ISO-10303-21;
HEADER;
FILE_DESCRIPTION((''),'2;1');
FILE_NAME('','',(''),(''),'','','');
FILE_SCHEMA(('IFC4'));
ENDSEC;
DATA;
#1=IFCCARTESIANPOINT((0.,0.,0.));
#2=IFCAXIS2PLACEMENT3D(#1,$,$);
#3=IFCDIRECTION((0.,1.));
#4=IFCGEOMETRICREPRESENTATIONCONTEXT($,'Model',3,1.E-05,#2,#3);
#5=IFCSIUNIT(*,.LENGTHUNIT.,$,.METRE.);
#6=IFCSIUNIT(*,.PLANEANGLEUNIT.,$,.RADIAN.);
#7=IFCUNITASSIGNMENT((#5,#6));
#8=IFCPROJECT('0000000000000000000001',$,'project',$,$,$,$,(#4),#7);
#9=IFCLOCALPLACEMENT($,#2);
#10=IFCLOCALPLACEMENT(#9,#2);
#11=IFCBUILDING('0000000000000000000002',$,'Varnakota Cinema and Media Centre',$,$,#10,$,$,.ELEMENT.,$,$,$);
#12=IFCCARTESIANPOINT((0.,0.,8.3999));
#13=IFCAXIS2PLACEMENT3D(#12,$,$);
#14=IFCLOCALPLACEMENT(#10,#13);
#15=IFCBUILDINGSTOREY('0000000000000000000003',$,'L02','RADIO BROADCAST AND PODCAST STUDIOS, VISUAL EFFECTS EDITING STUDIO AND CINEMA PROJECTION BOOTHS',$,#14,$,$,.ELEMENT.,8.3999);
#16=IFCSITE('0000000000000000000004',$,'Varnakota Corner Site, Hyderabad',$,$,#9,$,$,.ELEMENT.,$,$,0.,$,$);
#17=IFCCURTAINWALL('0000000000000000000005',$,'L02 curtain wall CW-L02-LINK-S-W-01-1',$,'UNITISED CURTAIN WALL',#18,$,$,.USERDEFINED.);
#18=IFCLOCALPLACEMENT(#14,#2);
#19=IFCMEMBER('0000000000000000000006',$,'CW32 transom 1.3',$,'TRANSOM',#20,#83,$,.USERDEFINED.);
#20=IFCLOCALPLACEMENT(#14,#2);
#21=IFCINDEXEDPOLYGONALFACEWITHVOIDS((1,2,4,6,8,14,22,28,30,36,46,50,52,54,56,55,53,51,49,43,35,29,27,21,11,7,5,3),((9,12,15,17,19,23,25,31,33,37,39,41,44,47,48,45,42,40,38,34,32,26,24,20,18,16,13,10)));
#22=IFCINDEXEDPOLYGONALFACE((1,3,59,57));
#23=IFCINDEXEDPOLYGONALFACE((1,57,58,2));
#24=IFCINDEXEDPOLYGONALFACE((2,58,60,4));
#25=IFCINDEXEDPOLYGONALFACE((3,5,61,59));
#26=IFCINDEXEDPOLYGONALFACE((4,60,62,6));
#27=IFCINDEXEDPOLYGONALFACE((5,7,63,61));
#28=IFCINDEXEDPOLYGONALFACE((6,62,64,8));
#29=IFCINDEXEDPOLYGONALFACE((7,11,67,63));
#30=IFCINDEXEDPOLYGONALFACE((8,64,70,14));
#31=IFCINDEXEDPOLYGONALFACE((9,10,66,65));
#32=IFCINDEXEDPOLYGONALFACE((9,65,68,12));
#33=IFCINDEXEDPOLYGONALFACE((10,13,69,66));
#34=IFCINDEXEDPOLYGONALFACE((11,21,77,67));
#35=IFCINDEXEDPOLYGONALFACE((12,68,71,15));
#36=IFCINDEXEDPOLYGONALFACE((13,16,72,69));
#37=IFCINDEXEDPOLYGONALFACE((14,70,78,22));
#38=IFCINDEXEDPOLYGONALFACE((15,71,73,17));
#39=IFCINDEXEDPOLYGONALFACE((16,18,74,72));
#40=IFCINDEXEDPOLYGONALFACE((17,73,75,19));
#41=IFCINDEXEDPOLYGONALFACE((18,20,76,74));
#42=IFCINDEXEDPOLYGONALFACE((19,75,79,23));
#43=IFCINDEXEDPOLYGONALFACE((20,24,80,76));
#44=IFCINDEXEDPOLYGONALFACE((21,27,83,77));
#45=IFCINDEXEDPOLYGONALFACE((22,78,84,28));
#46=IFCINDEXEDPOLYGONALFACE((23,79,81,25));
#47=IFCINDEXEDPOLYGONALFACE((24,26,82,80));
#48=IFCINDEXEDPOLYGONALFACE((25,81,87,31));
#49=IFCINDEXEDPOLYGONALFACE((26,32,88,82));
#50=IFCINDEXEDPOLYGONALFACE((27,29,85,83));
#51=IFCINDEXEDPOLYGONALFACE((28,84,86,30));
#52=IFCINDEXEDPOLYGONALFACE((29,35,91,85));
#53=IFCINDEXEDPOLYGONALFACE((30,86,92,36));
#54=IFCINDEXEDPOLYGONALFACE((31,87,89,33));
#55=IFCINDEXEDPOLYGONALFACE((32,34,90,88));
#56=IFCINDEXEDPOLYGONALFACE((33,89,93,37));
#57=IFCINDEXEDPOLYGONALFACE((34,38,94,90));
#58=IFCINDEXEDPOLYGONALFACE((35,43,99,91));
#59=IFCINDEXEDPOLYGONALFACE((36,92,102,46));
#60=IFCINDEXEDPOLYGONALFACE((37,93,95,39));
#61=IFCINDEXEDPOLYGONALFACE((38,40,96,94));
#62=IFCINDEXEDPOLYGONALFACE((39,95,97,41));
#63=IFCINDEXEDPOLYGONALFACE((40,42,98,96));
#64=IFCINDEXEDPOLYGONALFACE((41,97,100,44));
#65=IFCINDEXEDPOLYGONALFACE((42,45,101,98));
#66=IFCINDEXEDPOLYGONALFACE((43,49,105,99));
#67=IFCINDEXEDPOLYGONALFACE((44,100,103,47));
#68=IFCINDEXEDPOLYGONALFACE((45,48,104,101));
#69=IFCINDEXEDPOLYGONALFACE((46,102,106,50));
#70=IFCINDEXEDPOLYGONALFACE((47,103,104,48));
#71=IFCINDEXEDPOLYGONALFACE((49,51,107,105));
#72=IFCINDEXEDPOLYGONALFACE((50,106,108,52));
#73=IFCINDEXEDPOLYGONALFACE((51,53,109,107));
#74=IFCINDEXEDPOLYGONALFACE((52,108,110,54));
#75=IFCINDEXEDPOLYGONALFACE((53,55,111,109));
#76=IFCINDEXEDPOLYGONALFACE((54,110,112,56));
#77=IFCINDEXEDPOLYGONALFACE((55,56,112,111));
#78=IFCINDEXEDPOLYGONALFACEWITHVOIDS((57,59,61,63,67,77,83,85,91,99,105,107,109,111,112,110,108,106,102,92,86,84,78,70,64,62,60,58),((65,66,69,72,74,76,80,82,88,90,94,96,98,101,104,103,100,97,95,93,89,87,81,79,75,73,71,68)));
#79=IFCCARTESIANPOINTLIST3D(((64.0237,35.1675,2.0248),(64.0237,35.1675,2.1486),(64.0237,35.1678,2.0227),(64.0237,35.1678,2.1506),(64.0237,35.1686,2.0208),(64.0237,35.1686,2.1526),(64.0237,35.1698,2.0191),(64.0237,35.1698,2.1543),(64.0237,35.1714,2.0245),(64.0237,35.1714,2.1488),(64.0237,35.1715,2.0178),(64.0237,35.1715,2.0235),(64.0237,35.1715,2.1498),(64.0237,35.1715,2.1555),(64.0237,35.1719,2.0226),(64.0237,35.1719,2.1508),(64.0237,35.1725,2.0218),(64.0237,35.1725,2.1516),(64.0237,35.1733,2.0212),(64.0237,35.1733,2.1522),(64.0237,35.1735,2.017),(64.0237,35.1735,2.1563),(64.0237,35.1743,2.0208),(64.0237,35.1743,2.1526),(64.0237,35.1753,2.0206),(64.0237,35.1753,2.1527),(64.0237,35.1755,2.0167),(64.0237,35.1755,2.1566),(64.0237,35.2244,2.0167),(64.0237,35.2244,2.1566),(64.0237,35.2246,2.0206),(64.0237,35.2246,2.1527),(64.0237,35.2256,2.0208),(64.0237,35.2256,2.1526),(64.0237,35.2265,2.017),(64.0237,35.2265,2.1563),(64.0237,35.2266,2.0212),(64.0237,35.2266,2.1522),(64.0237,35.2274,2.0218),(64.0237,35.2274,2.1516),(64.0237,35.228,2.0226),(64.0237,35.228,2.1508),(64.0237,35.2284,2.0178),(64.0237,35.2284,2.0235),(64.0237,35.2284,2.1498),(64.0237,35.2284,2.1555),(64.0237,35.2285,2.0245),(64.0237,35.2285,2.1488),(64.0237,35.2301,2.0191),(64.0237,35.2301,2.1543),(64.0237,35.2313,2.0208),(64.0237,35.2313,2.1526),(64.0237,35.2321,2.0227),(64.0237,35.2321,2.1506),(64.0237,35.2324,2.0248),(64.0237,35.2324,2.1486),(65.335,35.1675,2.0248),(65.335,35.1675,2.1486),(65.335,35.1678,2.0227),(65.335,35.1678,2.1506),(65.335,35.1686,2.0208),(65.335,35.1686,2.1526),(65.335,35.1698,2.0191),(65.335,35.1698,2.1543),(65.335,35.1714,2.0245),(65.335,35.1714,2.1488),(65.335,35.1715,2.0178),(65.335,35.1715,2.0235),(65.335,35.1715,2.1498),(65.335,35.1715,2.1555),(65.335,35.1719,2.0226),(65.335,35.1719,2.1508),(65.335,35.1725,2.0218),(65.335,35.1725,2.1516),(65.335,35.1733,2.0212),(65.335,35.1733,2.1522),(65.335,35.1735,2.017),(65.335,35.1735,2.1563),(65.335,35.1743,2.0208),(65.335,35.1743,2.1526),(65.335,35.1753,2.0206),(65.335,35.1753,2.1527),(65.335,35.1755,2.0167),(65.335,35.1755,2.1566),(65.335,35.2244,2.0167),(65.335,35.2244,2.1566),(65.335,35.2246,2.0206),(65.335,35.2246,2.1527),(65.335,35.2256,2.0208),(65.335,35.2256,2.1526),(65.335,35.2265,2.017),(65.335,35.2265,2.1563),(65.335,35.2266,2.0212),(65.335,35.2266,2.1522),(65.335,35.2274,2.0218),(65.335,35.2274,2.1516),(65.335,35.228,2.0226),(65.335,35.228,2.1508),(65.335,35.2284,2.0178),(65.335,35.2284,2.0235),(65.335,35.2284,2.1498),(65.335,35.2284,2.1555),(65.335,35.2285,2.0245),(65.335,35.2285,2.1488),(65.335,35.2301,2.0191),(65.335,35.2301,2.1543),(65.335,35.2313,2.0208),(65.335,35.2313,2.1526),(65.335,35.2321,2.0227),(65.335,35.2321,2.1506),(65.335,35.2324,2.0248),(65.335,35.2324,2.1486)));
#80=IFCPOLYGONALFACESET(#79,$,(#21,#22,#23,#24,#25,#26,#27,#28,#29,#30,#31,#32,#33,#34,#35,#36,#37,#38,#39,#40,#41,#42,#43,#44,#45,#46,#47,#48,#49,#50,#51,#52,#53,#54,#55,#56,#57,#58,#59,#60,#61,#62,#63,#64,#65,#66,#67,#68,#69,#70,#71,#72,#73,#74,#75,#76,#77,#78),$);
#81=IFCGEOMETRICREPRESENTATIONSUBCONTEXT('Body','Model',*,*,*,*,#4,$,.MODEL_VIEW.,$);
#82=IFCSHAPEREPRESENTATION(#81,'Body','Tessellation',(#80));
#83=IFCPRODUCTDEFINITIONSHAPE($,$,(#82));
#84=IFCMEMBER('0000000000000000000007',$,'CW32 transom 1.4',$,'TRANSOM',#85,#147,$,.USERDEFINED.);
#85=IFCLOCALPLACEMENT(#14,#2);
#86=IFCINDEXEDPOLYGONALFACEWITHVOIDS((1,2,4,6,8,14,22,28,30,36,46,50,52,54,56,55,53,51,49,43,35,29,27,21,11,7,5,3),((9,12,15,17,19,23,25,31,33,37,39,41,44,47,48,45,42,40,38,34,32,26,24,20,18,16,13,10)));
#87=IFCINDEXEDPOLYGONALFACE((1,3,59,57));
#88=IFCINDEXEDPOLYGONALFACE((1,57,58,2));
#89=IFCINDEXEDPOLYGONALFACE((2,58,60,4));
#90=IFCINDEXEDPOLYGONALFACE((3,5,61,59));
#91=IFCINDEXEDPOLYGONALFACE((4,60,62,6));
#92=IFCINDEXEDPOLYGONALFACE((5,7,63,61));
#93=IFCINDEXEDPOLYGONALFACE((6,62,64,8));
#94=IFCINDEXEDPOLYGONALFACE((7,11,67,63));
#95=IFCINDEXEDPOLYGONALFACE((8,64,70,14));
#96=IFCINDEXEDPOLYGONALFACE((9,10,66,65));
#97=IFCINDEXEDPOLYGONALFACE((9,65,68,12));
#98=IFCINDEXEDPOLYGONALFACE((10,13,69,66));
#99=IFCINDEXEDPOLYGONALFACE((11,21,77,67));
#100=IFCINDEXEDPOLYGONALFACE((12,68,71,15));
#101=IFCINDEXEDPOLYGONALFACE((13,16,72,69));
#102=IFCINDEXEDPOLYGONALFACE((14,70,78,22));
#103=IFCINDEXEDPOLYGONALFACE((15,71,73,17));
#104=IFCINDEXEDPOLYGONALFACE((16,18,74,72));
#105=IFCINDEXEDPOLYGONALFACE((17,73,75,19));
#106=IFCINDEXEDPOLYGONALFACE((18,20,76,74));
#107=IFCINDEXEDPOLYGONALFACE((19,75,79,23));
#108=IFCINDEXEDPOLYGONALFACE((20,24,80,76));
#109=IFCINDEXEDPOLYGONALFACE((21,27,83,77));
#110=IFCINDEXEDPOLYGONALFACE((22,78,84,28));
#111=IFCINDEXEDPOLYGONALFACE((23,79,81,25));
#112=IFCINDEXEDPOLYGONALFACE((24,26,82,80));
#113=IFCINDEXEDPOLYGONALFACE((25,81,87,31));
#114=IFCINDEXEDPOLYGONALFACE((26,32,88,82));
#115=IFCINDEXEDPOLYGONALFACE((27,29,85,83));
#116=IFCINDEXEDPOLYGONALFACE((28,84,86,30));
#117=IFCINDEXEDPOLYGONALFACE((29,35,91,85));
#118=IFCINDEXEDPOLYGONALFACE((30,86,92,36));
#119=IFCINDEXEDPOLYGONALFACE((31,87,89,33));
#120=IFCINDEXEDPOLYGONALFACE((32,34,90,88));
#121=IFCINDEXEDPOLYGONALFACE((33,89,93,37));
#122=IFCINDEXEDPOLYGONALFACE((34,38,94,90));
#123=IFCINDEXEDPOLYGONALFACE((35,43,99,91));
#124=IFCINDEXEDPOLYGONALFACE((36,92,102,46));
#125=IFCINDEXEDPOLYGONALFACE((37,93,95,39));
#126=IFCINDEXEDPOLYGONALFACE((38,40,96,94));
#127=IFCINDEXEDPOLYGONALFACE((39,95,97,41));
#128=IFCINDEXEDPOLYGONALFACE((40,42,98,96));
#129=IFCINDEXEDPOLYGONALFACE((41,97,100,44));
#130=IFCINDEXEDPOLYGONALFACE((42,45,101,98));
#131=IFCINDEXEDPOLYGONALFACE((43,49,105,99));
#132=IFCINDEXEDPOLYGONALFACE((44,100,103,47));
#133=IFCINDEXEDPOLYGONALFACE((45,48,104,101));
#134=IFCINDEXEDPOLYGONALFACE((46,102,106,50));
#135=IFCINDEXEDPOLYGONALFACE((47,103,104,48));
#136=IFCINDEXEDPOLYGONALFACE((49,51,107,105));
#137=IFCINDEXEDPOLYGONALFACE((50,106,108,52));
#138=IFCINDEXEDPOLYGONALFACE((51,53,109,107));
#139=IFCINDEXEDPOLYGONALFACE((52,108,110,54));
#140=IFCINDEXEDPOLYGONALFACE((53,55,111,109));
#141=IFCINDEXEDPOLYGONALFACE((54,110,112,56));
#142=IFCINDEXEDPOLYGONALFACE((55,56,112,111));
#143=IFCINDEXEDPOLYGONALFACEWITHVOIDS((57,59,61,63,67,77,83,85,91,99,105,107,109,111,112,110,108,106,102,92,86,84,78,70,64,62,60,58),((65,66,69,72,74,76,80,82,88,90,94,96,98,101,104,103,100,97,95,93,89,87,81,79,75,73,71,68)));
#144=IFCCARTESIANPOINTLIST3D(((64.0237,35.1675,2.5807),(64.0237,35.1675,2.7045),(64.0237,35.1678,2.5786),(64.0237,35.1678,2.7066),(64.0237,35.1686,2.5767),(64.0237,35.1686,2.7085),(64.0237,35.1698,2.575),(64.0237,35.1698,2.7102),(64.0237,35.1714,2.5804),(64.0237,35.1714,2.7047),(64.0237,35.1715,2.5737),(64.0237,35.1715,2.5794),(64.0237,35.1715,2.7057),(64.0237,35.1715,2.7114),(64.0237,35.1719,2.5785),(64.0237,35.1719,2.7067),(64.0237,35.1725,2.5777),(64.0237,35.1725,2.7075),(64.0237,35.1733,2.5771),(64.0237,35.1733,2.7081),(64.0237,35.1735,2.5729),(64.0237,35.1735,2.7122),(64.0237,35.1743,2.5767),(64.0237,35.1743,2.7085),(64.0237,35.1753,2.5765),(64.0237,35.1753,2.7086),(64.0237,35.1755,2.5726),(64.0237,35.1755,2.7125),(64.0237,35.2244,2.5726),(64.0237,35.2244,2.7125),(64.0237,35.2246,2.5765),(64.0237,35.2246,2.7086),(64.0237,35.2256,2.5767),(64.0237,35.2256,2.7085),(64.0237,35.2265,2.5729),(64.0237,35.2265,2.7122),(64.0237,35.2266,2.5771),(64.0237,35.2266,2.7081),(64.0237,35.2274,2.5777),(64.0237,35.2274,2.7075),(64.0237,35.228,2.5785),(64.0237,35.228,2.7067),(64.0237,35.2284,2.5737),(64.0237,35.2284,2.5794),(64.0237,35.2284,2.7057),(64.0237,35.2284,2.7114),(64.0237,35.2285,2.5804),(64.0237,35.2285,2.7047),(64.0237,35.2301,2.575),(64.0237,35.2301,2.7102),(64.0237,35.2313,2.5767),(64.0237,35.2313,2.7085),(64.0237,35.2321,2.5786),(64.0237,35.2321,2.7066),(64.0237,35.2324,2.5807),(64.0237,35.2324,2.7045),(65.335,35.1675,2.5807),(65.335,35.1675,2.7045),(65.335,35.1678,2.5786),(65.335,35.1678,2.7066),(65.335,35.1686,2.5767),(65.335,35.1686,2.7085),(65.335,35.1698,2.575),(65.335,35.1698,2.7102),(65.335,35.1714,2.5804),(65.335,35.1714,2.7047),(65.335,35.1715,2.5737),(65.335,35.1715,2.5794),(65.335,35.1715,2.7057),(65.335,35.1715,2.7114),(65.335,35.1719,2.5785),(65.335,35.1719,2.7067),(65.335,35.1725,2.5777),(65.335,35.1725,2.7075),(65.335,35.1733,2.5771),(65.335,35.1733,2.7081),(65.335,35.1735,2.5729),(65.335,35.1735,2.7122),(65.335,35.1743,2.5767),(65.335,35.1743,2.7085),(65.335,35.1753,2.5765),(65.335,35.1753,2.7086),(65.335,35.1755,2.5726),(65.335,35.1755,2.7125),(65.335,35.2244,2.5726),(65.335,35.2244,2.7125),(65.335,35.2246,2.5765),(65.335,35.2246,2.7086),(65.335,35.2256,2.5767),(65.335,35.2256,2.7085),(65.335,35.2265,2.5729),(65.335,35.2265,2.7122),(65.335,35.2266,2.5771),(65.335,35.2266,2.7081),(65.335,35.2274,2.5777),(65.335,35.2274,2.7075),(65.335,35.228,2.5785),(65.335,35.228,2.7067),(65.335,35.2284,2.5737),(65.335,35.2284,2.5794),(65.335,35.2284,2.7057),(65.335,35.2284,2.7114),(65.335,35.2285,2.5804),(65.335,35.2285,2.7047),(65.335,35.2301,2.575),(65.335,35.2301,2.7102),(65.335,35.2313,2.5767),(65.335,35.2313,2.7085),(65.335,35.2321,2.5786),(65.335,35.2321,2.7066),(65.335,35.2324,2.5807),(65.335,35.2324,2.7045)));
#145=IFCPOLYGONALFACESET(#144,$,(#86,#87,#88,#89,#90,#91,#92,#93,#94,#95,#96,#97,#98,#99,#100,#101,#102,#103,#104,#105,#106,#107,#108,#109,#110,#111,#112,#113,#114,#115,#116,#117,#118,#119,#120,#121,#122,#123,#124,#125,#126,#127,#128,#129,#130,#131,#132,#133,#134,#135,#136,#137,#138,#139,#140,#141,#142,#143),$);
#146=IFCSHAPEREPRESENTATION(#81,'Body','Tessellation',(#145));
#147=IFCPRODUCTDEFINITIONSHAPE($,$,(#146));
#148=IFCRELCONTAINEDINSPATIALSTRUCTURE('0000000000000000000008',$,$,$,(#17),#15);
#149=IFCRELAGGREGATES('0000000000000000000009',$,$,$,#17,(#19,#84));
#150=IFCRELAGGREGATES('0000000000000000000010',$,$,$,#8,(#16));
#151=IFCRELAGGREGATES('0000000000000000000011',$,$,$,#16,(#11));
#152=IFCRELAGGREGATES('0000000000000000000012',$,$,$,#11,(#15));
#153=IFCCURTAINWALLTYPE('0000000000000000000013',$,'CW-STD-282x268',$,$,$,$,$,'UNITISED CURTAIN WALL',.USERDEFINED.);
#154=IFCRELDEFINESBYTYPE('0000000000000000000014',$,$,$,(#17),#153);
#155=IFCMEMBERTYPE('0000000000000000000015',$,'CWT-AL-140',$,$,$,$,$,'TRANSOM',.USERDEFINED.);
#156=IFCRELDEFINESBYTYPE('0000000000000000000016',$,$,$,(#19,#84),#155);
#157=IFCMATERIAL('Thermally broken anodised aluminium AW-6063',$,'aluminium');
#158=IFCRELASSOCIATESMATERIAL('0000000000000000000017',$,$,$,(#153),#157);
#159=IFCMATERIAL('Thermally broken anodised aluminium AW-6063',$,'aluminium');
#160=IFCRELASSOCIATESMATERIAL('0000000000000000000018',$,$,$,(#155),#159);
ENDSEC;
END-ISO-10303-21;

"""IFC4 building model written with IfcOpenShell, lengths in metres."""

from ifc_helpers import new_model, si_unit, direction, frame, origin, origin_2d, place, context, subcontext, project, spatial, hollow_rectangle, extrude, material, material_profile, profile_set, type_object, element, aggregate, save


model = new_model("IFC4")

# Units and contexts
model_context = context("Model", 3, precision=1e-05, world=origin(), true_north=direction((0.0, 1.0)))
body_context = subcontext(model_context, "Body", "Model", "MODEL_VIEW")
ifc_project = project(units=[si_unit("LENGTHUNIT", "METRE"), si_unit("PLANEANGLEUNIT", "RADIAN")], contexts=[model_context])

# Site, building, storey
site_placement = place(None, origin())
site = spatial("IfcSite", under=ifc_project, at=site_placement, Name="Varnakota Corner Site, Hyderabad", CompositionType="ELEMENT", RefElevation=0.0)
building_placement = place(site_placement, origin())
building = spatial("IfcBuilding", under=site, at=building_placement, Name="Varnakota Cinema and Media Centre", CompositionType="ELEMENT")
storey_placement = place(building_placement, frame((0.0, 0.0, 8.3999)))
storey = spatial("IfcBuildingStorey", under=building, at=storey_placement, Name="L02", Description="RADIO BROADCAST AND PODCAST STUDIOS, VISUAL EFFECTS EDITING STUDIO AND CINEMA PROJECTION BOOTHS", CompositionType="ELEMENT", Elevation=8.3999)

# Curtain wall, members
ifc_material_1 = material(Name="Thermally broken anodised aluminium AW-6063", Category="aluminium")
curtain_wall_type = type_object("IfcCurtainWallType", Name="CW-STD-282x268", ElementType="UNITISED CURTAIN WALL", PredefinedType="USERDEFINED", material=ifc_material_1)
curtain_wall_placement = place(storey_placement, origin())
curtain_wall = element("IfcCurtainWall", 1, at=curtain_wall_placement, inside=storey, type_object=curtain_wall_type, Name="L02 curtain wall CW-L02-LINK-S-W-01-1", ObjectType="UNITISED CURTAIN WALL", PredefinedType="USERDEFINED")
ifc_material_2 = material(Name="Thermally broken anodised aluminium AW-6063", Category="aluminium")
ifc_material_profile_1 = material_profile(ifc_material_2, hollow_rectangle(XDim=0.0649, YDim=0.1399, WallThickness=0.0039, InnerFilletRadius=0.0039, OuterFilletRadius=0.0081, at=origin_2d()), Name="AL-TRANSOM 140x65x4")
ifc_profile_set_1 = profile_set([ifc_material_profile_1], Name="Thermally broken anodised aluminium AW-6063")
member_type_1 = type_object("IfcMemberType", Name="CWT-AL-140", ElementType="TRANSOM", PredefinedType="USERDEFINED", material=ifc_profile_set_1)
member_1_placement = place(storey_placement, frame((65.335, 35.2, 2.0867), z_axis=(-1.0, 0.0, 0.0), x_axis=(0.0, -1.0, 0.0)))
member_1 = element("IfcMember", 2, at=member_1_placement, type_object=member_type_1, Name="CW32 transom 1.3", ObjectType="TRANSOM", PredefinedType="USERDEFINED", context=body_context, shape_type="SweptSolid", body=[
    extrude(hollow_rectangle(XDim=0.0649, YDim=0.1399, WallThickness=0.0039, InnerFilletRadius=0.0039, OuterFilletRadius=0.0081, at=origin_2d()), origin(), (0.0, 0.0, 1.0), 1.3113),
])
member_2_placement = place(storey_placement, frame((65.335, 35.2, 2.6426), z_axis=(-1.0, 0.0, 0.0), x_axis=(0.0, -1.0, 0.0)))
member_2 = element("IfcMember", 3, at=member_2_placement, type_object=member_type_1, Name="CW32 transom 1.4", ObjectType="TRANSOM", PredefinedType="USERDEFINED", context=body_context, shape_type="SweptSolid", body=[
    extrude(hollow_rectangle(XDim=0.0649, YDim=0.1399, WallThickness=0.0039, InnerFilletRadius=0.0039, OuterFilletRadius=0.0081, at=origin_2d()), origin(), (0.0, 0.0, 1.0), 1.3113),
])

aggregate(curtain_wall, [member_1, member_2])

save(model, "model.ifc")
